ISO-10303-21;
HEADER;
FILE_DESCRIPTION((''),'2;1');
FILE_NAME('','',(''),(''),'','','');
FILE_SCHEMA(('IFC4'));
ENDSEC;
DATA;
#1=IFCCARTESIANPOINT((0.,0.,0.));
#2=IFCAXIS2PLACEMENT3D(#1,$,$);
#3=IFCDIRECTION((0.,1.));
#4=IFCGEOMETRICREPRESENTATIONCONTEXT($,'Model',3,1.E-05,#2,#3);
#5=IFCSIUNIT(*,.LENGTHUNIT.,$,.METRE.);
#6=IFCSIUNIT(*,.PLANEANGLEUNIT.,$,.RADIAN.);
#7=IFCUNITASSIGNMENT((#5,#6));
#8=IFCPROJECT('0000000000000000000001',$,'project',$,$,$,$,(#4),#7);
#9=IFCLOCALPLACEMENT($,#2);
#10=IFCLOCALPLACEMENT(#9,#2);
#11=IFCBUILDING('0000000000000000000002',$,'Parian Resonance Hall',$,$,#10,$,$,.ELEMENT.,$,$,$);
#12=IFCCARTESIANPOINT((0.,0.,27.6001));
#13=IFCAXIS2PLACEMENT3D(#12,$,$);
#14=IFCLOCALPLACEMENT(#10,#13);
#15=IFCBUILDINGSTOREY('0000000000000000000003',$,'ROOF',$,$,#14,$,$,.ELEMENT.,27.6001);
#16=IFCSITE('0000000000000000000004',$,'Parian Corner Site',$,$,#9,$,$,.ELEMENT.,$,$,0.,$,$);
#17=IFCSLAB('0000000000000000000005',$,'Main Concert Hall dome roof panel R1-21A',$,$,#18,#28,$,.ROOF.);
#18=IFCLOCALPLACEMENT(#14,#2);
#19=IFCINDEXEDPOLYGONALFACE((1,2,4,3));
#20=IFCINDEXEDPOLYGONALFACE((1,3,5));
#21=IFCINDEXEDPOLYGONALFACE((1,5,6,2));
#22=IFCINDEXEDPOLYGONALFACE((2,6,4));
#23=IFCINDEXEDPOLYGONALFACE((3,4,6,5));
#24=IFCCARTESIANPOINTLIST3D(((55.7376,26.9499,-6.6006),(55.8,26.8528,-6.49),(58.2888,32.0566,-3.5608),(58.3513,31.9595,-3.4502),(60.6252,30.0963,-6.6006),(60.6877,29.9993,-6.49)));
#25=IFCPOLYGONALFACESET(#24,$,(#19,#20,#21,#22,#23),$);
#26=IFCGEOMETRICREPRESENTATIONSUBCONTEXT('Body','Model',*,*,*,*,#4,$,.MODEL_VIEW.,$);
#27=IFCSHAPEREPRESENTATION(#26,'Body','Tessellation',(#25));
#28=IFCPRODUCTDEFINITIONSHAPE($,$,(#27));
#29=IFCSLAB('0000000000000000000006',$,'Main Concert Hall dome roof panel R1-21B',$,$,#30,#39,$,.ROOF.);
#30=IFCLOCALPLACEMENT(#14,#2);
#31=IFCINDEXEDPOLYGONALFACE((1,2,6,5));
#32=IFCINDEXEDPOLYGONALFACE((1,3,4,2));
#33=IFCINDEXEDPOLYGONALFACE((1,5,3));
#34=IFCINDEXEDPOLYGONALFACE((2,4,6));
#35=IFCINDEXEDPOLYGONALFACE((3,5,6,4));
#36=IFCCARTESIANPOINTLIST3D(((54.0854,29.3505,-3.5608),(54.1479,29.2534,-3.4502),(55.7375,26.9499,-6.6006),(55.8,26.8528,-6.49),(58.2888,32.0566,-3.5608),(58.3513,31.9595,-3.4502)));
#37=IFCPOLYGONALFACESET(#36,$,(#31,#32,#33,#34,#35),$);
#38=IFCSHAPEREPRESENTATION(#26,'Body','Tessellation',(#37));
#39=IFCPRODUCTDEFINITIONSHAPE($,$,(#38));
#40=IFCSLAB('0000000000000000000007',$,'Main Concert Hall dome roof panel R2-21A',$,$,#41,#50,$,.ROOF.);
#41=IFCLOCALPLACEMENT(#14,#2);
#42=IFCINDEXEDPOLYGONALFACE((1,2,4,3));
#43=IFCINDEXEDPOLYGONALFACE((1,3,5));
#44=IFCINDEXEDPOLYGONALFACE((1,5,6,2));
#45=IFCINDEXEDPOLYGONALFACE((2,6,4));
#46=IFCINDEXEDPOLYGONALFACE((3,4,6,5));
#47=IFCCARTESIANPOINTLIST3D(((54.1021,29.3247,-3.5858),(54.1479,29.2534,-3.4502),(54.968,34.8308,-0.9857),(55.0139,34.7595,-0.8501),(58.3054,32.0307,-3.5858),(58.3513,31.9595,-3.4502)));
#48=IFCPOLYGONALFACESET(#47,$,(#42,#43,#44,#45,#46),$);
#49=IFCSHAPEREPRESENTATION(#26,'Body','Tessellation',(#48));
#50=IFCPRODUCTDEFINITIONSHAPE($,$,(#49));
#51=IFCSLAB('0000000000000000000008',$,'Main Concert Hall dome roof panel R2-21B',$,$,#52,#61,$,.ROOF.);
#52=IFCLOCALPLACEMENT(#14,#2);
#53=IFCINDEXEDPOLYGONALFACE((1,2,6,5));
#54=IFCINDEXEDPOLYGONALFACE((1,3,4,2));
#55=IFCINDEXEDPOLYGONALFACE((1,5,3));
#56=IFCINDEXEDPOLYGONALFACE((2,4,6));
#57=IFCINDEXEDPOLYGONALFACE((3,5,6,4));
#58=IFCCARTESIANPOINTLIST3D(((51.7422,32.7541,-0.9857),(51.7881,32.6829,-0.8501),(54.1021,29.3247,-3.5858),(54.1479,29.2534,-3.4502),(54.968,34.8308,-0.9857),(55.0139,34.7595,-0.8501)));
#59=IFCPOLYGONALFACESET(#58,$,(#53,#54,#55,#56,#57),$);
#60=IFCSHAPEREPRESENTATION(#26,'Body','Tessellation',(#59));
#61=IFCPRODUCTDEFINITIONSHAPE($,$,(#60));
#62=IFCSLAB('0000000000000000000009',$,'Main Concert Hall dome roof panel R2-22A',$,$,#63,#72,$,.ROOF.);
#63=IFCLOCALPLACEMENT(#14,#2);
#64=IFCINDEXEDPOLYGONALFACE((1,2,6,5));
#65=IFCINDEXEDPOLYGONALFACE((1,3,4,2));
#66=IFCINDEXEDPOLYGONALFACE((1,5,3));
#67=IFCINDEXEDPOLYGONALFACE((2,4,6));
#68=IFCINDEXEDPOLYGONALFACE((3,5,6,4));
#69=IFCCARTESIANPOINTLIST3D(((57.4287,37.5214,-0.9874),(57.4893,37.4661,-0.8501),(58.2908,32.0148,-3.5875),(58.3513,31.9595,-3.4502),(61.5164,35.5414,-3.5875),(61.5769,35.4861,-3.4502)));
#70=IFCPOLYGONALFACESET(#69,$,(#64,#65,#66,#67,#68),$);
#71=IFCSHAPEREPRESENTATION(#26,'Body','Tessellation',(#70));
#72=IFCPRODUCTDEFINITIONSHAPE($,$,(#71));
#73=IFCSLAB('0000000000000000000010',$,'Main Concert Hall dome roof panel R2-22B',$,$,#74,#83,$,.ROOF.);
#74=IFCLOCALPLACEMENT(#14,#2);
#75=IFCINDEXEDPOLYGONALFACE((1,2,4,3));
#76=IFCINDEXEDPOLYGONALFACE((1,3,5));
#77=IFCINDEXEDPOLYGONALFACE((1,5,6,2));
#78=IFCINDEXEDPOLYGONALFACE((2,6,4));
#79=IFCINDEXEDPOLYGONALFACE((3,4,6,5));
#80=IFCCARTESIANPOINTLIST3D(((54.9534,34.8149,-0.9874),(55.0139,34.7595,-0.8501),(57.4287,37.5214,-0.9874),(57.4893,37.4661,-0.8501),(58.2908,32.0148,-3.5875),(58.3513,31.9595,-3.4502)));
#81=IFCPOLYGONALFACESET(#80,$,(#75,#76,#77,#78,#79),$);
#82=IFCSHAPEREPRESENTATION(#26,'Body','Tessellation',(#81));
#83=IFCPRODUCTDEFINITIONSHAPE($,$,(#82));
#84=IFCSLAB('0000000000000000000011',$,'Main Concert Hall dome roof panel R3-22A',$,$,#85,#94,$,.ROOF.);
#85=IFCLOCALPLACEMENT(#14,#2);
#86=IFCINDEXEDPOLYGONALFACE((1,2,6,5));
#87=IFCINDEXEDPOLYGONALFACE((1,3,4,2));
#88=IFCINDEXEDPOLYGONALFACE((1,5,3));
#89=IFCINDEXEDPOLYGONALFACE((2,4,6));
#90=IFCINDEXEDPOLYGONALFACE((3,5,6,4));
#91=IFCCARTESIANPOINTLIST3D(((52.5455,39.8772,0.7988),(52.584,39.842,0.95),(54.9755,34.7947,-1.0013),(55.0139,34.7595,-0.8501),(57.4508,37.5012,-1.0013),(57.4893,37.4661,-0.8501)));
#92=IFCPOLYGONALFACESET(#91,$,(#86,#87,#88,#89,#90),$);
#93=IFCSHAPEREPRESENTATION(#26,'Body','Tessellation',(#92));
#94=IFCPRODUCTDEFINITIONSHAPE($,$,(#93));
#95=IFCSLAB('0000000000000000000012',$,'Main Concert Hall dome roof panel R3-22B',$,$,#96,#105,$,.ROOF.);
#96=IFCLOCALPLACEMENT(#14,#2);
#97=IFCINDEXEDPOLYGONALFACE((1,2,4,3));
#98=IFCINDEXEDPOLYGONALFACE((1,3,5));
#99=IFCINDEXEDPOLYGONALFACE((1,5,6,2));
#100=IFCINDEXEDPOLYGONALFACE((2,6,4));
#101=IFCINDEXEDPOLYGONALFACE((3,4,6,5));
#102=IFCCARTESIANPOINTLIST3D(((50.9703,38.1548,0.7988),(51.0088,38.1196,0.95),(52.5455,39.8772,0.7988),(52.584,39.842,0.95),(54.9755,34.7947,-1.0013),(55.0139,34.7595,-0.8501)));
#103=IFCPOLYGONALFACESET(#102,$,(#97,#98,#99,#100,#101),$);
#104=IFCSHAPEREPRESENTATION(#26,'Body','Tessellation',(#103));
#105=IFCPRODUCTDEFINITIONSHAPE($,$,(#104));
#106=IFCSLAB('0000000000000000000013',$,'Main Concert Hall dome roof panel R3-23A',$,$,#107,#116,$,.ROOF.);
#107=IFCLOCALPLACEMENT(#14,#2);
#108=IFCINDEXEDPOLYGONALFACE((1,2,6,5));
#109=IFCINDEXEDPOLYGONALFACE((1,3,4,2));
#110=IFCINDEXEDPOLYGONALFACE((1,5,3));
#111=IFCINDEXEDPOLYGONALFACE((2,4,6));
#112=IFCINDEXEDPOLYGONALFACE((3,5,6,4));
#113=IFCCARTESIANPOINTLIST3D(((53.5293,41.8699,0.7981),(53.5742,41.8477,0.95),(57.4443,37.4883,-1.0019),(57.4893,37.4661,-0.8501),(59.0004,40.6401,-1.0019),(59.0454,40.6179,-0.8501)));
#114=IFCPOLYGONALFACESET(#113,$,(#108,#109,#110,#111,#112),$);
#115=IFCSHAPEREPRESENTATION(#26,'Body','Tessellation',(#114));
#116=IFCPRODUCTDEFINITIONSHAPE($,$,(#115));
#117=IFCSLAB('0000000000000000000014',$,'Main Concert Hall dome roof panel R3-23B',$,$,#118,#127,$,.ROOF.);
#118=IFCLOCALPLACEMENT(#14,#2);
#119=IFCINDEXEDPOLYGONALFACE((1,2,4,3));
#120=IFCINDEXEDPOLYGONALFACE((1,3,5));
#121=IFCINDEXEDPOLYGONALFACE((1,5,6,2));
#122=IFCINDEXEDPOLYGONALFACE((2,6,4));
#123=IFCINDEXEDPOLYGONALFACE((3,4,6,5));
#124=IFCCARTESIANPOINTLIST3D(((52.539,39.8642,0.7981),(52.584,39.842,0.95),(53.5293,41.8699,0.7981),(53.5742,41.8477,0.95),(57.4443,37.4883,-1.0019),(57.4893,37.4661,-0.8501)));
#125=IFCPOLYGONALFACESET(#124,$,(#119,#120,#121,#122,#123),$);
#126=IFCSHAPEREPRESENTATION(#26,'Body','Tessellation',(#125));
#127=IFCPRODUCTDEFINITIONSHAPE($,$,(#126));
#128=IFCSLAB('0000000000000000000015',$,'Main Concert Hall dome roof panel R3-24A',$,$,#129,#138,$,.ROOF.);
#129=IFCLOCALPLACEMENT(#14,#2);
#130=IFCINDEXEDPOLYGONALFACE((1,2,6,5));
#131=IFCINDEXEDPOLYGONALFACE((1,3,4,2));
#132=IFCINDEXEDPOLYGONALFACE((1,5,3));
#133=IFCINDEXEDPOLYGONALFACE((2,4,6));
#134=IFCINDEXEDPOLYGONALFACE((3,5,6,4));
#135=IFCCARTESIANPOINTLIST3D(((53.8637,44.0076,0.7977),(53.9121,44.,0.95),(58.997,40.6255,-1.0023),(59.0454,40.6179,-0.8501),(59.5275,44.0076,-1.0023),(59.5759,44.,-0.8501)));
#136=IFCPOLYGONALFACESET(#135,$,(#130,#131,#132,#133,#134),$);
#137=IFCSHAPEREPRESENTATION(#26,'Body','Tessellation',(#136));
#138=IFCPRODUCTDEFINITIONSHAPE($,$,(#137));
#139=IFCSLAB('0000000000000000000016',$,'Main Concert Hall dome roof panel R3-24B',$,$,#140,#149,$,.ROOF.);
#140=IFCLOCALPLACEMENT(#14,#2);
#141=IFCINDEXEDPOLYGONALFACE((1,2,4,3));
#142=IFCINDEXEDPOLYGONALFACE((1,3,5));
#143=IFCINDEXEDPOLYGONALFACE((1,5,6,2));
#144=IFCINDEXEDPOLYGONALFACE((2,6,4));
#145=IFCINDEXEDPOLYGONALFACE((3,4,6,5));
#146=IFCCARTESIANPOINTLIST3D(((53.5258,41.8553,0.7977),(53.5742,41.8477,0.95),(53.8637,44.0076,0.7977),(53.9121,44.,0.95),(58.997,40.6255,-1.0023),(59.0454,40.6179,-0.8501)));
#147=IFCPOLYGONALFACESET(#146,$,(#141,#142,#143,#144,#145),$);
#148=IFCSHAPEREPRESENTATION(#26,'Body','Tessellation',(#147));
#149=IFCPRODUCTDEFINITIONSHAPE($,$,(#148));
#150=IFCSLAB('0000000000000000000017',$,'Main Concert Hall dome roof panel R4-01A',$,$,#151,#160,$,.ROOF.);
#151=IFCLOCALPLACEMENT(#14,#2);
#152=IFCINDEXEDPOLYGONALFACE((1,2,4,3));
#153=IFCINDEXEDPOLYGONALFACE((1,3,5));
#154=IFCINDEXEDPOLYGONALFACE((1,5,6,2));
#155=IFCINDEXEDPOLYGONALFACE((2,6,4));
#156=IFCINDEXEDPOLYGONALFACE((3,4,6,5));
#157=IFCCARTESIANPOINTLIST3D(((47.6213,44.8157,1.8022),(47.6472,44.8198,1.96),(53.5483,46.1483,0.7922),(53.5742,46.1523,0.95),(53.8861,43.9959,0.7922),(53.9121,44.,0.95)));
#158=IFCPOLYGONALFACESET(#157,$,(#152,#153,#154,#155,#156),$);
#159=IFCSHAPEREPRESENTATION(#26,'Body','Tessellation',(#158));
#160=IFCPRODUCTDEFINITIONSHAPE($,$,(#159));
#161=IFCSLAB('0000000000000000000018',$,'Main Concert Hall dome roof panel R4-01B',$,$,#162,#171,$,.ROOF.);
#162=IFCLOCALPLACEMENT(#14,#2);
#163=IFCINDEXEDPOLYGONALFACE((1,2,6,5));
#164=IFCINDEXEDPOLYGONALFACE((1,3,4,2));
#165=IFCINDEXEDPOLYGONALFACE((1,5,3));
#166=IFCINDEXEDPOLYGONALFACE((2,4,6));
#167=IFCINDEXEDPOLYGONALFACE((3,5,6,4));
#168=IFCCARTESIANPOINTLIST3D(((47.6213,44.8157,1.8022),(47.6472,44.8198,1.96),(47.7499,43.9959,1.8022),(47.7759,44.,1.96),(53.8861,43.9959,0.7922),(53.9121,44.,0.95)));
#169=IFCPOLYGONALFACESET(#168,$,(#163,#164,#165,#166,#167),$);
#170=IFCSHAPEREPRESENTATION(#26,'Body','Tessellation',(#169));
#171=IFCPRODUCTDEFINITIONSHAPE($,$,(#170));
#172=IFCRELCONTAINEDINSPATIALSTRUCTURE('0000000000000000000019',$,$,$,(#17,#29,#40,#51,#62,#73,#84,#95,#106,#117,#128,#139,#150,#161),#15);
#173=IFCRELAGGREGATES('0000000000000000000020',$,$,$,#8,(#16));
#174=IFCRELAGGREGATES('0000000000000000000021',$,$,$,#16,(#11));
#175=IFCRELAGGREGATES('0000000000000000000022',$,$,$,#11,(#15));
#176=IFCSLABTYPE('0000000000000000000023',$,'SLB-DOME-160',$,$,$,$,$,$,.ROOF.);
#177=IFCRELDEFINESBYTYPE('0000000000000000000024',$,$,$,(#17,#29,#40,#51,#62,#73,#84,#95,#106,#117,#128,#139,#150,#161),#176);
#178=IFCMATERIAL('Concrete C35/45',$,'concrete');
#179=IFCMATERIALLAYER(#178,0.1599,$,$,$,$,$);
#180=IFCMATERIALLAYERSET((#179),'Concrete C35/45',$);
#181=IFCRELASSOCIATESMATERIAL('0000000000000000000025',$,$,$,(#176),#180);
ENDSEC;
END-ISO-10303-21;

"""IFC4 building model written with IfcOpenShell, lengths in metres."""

from ifc_helpers import new_model, si_unit, direction, frame, origin, place, context, subcontext, project, spatial, polyline, outline, extrude, material, layer, layer_set, type_object, element, save


model = new_model("IFC4")

# Units and contexts
model_context = context("Model", 3, precision=1e-05, world=origin(), true_north=direction((0.0, 1.0)))
body_context = subcontext(model_context, "Body", "Model", "MODEL_VIEW")
ifc_project = project(units=[si_unit("LENGTHUNIT", "METRE"), si_unit("PLANEANGLEUNIT", "RADIAN")], contexts=[model_context])

# Site, building, storey
site_placement = place(None, origin())
site = spatial("IfcSite", under=ifc_project, at=site_placement, Name="Parian Corner Site", CompositionType="ELEMENT", RefElevation=0.0)
building_placement = place(site_placement, origin())
building = spatial("IfcBuilding", under=site, at=building_placement, Name="Parian Resonance Hall", CompositionType="ELEMENT")
storey_placement = place(building_placement, frame((0.0, 0.0, 27.6001)))
storey = spatial("IfcBuildingStorey", under=building, at=storey_placement, Name="ROOF", CompositionType="ELEMENT", Elevation=27.6001)

# Slabs
ifc_material_1 = material(Name="Concrete C35/45", Category="concrete")
ifc_layer_1 = layer(ifc_material_1, 0.1599)
ifc_layer_set_1 = layer_set([ifc_layer_1], Name="Concrete C35/45")
slab_type = type_object("IfcSlabType", Name="SLB-DOME-160", PredefinedType="ROOF", material=ifc_layer_set_1)
slab_1_placement = place(storey_placement, frame((55.8, 26.8528, -6.49), z_axis=(0.390822, -0.607096, 0.691876), x_axis=(0.840834, 0.541292, 0.0)))
element("IfcSlab", 1, at=slab_1_placement, inside=storey, type_object=slab_type, Name="Main Concert Hall dome roof panel R1-21A", PredefinedType="ROOF", context=body_context, shape_type="SweptSolid", body=[
    extrude(outline(polyline([(0.0, 0.0), (5.8129, 0.0), (4.9094, 4.2101), (0.0, 0.0)])), origin(), (0.0, 0.0, -1.0), 0.1599),
])
slab_2_placement = place(storey_placement, frame((55.8, 26.8528, -6.49), z_axis=(0.390839, -0.607098, 0.691865), x_axis=(0.39448, 0.789601, 0.470016)))
element("IfcSlab", 2, at=slab_2_placement, inside=storey, type_object=slab_type, Name="Main Concert Hall dome roof panel R1-21B", PredefinedType="ROOF", context=body_context, shape_type="SweptSolid", body=[
    extrude(outline(polyline([(0.0, 0.0), (6.4674, 0.0), (2.6726, 3.2543), (0.0, 0.0)])), origin(), (0.0, 0.0, -1.0), 0.1599),
])
slab_3_placement = place(storey_placement, frame((54.1479, 29.2534, -3.4502), z_axis=(0.286855, -0.445578, 0.848042), x_axis=(0.840824, 0.541308, 0.0)))
element("IfcSlab", 3, at=slab_3_placement, inside=storey, type_object=slab_type, Name="Main Concert Hall dome roof panel R2-21A", PredefinedType="ROOF", context=body_context, shape_type="SweptSolid", body=[
    extrude(outline(polyline([(0.0, 0.0), (4.9991, 0.0), (3.7086, 4.9065), (0.0, 0.0)])), origin(), (0.0, 0.0, -1.0), 0.1599),
])
slab_4_placement = place(storey_placement, frame((54.1479, 29.2534, -3.4502), z_axis=(0.286845, -0.445578, 0.848045), x_axis=(0.140798, 0.895241, 0.422752)))
element("IfcSlab", 4, at=slab_4_placement, inside=storey, type_object=slab_type, Name="Main Concert Hall dome roof panel R2-21B", PredefinedType="ROOF", context=body_context, shape_type="SweptSolid", body=[
    extrude(outline(polyline([(0.0, 0.0), (6.1504, 0.0), (3.8371, 3.0606), (0.0, 0.0)])), origin(), (0.0, 0.0, -1.0), 0.1599),
])
slab_5_placement = place(storey_placement, frame((58.3513, 31.9595, -3.4502), z_axis=(0.378419, -0.346118, 0.858488), x_axis=(0.674912, 0.737898, 0.0)))
element("IfcSlab", 5, at=slab_5_placement, inside=storey, type_object=slab_type, Name="Main Concert Hall dome roof panel R2-22A", PredefinedType="ROOF", context=body_context, shape_type="SweptSolid", body=[
    extrude(outline(polyline([(0.0, 0.0), (4.7793, 0.0), (3.4815, 5.0701), (0.0, 0.0)])), origin(), (0.0, 0.0, -1.0), 0.1599),
])
slab_6_placement = place(storey_placement, frame((58.3513, 31.9595, -3.4502), z_axis=(0.378439, -0.346112, 0.858481), x_axis=(-0.140166, 0.895337, 0.422759)))
element("IfcSlab", 6, at=slab_6_placement, inside=storey, type_object=slab_type, Name="Main Concert Hall dome roof panel R2-22B", PredefinedType="ROOF", context=body_context, shape_type="SweptSolid", body=[
    extrude(outline(polyline([(0.0, 0.0), (6.1503, 0.0), (4.074, 3.0235), (0.0, 0.0)])), origin(), (0.0, 0.0, -1.0), 0.1599),
])
slab_7_placement = place(storey_placement, frame((55.0139, 34.7595, -0.8501), z_axis=(0.240429, -0.219891, 0.945432), x_axis=(0.674886, 0.737922, 0.0)))
element("IfcSlab", 7, at=slab_7_placement, inside=storey, type_object=slab_type, Name="Main Concert Hall dome roof panel R3-22A", PredefinedType="ROOF", context=body_context, shape_type="SweptSolid", body=[
    extrude(outline(polyline([(0.0, 0.0), (3.6678, 0.0), (2.1106, 5.5247), (0.0, 0.0)])), origin(), (0.0, 0.0, -1.0), 0.1599),
])
slab_8_placement = place(storey_placement, frame((55.0139, 34.7595, -0.8501), z_axis=(0.240437, -0.219886, 0.945431), x_axis=(-0.41087, 0.859388, 0.304365)))
element("IfcSlab", 8, at=slab_8_placement, inside=storey, type_object=slab_type, Name="Main Concert Hall dome roof panel R3-22B", PredefinedType="ROOF", context=body_context, shape_type="SweptSolid", body=[
    extrude(outline(polyline([(0.0, 0.0), (5.9141, 0.0), (5.0811, 2.1804), (0.0, 0.0)])), origin(), (0.0, 0.0, -1.0), 0.1599),
])
slab_9_placement = place(storey_placement, frame((57.4893, 37.4661, -0.8501), z_axis=(0.281202, -0.138837, 0.949553), x_axis=(0.442707, 0.896666, 0.0)))
element("IfcSlab", 9, at=slab_9_placement, inside=storey, type_object=slab_type, Name="Main Concert Hall dome roof panel R3-23A", PredefinedType="ROOF", context=body_context, shape_type="SweptSolid", body=[
    extrude(outline(polyline([(0.0, 0.0), (3.5151, 0.0), (2.1956, 5.7398), (0.0, 0.0)])), origin(), (0.0, 0.0, -1.0), 0.1599),
])
slab_10_placement = place(storey_placement, frame((57.4893, 37.4661, -0.8501), z_axis=(0.281201, -0.138838, 0.949553), x_axis=(-0.637067, 0.712986, 0.29291)))
element("IfcSlab", 10, at=slab_10_placement, inside=storey, type_object=slab_type, Name="Main Concert Hall dome roof panel R3-23B", PredefinedType="ROOF", context=body_context, shape_type="SweptSolid", body=[
    extrude(outline(polyline([(0.0, 0.0), (6.1454, 0.0), (5.3463, 2.0891), (0.0, 0.0)])), origin(), (0.0, 0.0, -1.0), 0.1599),
])
slab_11_placement = place(storey_placement, frame((59.0454, 40.6179, -0.8501), z_axis=(0.302545, -0.047458, 0.951953), x_axis=(0.154966, 0.98792, 0.0)))
element("IfcSlab", 11, at=slab_11_placement, inside=storey, type_object=slab_type, Name="Main Concert Hall dome roof panel R3-24A", PredefinedType="ROOF", context=body_context, shape_type="SweptSolid", body=[
    extrude(outline(polyline([(0.0, 0.0), (3.4234, 0.0), (2.5457, 5.8778), (0.0, 0.0)])), origin(), (0.0, 0.0, -1.0), 0.1599),
])
slab_12_placement = place(storey_placement, frame((59.0454, 40.6179, -0.8501), z_axis=(0.302524, -0.047492, 0.951958), x_axis=(-0.801399, 0.528003, 0.28102)))
element("IfcSlab", 12, at=slab_12_placement, inside=storey, type_object=slab_type, Name="Main Concert Hall dome roof panel R3-24B", PredefinedType="ROOF", context=body_context, shape_type="SweptSolid", body=[
    extrude(outline(polyline([(0.0, 0.0), (6.4054, 0.0), (5.5398, 1.9993), (0.0, 0.0)])), origin(), (0.0, 0.0, -1.0), 0.1599),
])
slab_13_placement = place(storey_placement, frame((53.9121, 44.0, 0.95), z_axis=(0.162361, 0.025489, 0.986402), x_axis=(-0.155088, 0.987901, 0.0)))
element("IfcSlab", 13, at=slab_13_placement, inside=storey, type_object=slab_type, Name="Main Concert Hall dome roof panel R4-01A", PredefinedType="ROOF", context=body_context, shape_type="SweptSolid", body=[
    extrude(outline(polyline([(0.0, 0.0), (2.1787, 0.0), (1.7815, 6.1455), (0.0, 0.0)])), origin(), (0.0, 0.0, -1.0), 0.1599),
])
slab_14_placement = place(storey_placement, frame((53.9121, 44.0, 0.95), z_axis=(0.16236, 0.025481, 0.986403), x_axis=(-0.979115, 0.128127, 0.15785)))
element("IfcSlab", 14, at=slab_14_placement, inside=storey, type_object=slab_type, Name="Main Concert Hall dome roof panel R4-01B", PredefinedType="ROOF", context=body_context, shape_type="SweptSolid", body=[
    extrude(outline(polyline([(0.0, 0.0), (6.3985, 0.0), (6.1675, 0.7971), (0.0, 0.0)])), origin(), (0.0, 0.0, -1.0), 0.1599),
])

save(model, "model.ifc")
